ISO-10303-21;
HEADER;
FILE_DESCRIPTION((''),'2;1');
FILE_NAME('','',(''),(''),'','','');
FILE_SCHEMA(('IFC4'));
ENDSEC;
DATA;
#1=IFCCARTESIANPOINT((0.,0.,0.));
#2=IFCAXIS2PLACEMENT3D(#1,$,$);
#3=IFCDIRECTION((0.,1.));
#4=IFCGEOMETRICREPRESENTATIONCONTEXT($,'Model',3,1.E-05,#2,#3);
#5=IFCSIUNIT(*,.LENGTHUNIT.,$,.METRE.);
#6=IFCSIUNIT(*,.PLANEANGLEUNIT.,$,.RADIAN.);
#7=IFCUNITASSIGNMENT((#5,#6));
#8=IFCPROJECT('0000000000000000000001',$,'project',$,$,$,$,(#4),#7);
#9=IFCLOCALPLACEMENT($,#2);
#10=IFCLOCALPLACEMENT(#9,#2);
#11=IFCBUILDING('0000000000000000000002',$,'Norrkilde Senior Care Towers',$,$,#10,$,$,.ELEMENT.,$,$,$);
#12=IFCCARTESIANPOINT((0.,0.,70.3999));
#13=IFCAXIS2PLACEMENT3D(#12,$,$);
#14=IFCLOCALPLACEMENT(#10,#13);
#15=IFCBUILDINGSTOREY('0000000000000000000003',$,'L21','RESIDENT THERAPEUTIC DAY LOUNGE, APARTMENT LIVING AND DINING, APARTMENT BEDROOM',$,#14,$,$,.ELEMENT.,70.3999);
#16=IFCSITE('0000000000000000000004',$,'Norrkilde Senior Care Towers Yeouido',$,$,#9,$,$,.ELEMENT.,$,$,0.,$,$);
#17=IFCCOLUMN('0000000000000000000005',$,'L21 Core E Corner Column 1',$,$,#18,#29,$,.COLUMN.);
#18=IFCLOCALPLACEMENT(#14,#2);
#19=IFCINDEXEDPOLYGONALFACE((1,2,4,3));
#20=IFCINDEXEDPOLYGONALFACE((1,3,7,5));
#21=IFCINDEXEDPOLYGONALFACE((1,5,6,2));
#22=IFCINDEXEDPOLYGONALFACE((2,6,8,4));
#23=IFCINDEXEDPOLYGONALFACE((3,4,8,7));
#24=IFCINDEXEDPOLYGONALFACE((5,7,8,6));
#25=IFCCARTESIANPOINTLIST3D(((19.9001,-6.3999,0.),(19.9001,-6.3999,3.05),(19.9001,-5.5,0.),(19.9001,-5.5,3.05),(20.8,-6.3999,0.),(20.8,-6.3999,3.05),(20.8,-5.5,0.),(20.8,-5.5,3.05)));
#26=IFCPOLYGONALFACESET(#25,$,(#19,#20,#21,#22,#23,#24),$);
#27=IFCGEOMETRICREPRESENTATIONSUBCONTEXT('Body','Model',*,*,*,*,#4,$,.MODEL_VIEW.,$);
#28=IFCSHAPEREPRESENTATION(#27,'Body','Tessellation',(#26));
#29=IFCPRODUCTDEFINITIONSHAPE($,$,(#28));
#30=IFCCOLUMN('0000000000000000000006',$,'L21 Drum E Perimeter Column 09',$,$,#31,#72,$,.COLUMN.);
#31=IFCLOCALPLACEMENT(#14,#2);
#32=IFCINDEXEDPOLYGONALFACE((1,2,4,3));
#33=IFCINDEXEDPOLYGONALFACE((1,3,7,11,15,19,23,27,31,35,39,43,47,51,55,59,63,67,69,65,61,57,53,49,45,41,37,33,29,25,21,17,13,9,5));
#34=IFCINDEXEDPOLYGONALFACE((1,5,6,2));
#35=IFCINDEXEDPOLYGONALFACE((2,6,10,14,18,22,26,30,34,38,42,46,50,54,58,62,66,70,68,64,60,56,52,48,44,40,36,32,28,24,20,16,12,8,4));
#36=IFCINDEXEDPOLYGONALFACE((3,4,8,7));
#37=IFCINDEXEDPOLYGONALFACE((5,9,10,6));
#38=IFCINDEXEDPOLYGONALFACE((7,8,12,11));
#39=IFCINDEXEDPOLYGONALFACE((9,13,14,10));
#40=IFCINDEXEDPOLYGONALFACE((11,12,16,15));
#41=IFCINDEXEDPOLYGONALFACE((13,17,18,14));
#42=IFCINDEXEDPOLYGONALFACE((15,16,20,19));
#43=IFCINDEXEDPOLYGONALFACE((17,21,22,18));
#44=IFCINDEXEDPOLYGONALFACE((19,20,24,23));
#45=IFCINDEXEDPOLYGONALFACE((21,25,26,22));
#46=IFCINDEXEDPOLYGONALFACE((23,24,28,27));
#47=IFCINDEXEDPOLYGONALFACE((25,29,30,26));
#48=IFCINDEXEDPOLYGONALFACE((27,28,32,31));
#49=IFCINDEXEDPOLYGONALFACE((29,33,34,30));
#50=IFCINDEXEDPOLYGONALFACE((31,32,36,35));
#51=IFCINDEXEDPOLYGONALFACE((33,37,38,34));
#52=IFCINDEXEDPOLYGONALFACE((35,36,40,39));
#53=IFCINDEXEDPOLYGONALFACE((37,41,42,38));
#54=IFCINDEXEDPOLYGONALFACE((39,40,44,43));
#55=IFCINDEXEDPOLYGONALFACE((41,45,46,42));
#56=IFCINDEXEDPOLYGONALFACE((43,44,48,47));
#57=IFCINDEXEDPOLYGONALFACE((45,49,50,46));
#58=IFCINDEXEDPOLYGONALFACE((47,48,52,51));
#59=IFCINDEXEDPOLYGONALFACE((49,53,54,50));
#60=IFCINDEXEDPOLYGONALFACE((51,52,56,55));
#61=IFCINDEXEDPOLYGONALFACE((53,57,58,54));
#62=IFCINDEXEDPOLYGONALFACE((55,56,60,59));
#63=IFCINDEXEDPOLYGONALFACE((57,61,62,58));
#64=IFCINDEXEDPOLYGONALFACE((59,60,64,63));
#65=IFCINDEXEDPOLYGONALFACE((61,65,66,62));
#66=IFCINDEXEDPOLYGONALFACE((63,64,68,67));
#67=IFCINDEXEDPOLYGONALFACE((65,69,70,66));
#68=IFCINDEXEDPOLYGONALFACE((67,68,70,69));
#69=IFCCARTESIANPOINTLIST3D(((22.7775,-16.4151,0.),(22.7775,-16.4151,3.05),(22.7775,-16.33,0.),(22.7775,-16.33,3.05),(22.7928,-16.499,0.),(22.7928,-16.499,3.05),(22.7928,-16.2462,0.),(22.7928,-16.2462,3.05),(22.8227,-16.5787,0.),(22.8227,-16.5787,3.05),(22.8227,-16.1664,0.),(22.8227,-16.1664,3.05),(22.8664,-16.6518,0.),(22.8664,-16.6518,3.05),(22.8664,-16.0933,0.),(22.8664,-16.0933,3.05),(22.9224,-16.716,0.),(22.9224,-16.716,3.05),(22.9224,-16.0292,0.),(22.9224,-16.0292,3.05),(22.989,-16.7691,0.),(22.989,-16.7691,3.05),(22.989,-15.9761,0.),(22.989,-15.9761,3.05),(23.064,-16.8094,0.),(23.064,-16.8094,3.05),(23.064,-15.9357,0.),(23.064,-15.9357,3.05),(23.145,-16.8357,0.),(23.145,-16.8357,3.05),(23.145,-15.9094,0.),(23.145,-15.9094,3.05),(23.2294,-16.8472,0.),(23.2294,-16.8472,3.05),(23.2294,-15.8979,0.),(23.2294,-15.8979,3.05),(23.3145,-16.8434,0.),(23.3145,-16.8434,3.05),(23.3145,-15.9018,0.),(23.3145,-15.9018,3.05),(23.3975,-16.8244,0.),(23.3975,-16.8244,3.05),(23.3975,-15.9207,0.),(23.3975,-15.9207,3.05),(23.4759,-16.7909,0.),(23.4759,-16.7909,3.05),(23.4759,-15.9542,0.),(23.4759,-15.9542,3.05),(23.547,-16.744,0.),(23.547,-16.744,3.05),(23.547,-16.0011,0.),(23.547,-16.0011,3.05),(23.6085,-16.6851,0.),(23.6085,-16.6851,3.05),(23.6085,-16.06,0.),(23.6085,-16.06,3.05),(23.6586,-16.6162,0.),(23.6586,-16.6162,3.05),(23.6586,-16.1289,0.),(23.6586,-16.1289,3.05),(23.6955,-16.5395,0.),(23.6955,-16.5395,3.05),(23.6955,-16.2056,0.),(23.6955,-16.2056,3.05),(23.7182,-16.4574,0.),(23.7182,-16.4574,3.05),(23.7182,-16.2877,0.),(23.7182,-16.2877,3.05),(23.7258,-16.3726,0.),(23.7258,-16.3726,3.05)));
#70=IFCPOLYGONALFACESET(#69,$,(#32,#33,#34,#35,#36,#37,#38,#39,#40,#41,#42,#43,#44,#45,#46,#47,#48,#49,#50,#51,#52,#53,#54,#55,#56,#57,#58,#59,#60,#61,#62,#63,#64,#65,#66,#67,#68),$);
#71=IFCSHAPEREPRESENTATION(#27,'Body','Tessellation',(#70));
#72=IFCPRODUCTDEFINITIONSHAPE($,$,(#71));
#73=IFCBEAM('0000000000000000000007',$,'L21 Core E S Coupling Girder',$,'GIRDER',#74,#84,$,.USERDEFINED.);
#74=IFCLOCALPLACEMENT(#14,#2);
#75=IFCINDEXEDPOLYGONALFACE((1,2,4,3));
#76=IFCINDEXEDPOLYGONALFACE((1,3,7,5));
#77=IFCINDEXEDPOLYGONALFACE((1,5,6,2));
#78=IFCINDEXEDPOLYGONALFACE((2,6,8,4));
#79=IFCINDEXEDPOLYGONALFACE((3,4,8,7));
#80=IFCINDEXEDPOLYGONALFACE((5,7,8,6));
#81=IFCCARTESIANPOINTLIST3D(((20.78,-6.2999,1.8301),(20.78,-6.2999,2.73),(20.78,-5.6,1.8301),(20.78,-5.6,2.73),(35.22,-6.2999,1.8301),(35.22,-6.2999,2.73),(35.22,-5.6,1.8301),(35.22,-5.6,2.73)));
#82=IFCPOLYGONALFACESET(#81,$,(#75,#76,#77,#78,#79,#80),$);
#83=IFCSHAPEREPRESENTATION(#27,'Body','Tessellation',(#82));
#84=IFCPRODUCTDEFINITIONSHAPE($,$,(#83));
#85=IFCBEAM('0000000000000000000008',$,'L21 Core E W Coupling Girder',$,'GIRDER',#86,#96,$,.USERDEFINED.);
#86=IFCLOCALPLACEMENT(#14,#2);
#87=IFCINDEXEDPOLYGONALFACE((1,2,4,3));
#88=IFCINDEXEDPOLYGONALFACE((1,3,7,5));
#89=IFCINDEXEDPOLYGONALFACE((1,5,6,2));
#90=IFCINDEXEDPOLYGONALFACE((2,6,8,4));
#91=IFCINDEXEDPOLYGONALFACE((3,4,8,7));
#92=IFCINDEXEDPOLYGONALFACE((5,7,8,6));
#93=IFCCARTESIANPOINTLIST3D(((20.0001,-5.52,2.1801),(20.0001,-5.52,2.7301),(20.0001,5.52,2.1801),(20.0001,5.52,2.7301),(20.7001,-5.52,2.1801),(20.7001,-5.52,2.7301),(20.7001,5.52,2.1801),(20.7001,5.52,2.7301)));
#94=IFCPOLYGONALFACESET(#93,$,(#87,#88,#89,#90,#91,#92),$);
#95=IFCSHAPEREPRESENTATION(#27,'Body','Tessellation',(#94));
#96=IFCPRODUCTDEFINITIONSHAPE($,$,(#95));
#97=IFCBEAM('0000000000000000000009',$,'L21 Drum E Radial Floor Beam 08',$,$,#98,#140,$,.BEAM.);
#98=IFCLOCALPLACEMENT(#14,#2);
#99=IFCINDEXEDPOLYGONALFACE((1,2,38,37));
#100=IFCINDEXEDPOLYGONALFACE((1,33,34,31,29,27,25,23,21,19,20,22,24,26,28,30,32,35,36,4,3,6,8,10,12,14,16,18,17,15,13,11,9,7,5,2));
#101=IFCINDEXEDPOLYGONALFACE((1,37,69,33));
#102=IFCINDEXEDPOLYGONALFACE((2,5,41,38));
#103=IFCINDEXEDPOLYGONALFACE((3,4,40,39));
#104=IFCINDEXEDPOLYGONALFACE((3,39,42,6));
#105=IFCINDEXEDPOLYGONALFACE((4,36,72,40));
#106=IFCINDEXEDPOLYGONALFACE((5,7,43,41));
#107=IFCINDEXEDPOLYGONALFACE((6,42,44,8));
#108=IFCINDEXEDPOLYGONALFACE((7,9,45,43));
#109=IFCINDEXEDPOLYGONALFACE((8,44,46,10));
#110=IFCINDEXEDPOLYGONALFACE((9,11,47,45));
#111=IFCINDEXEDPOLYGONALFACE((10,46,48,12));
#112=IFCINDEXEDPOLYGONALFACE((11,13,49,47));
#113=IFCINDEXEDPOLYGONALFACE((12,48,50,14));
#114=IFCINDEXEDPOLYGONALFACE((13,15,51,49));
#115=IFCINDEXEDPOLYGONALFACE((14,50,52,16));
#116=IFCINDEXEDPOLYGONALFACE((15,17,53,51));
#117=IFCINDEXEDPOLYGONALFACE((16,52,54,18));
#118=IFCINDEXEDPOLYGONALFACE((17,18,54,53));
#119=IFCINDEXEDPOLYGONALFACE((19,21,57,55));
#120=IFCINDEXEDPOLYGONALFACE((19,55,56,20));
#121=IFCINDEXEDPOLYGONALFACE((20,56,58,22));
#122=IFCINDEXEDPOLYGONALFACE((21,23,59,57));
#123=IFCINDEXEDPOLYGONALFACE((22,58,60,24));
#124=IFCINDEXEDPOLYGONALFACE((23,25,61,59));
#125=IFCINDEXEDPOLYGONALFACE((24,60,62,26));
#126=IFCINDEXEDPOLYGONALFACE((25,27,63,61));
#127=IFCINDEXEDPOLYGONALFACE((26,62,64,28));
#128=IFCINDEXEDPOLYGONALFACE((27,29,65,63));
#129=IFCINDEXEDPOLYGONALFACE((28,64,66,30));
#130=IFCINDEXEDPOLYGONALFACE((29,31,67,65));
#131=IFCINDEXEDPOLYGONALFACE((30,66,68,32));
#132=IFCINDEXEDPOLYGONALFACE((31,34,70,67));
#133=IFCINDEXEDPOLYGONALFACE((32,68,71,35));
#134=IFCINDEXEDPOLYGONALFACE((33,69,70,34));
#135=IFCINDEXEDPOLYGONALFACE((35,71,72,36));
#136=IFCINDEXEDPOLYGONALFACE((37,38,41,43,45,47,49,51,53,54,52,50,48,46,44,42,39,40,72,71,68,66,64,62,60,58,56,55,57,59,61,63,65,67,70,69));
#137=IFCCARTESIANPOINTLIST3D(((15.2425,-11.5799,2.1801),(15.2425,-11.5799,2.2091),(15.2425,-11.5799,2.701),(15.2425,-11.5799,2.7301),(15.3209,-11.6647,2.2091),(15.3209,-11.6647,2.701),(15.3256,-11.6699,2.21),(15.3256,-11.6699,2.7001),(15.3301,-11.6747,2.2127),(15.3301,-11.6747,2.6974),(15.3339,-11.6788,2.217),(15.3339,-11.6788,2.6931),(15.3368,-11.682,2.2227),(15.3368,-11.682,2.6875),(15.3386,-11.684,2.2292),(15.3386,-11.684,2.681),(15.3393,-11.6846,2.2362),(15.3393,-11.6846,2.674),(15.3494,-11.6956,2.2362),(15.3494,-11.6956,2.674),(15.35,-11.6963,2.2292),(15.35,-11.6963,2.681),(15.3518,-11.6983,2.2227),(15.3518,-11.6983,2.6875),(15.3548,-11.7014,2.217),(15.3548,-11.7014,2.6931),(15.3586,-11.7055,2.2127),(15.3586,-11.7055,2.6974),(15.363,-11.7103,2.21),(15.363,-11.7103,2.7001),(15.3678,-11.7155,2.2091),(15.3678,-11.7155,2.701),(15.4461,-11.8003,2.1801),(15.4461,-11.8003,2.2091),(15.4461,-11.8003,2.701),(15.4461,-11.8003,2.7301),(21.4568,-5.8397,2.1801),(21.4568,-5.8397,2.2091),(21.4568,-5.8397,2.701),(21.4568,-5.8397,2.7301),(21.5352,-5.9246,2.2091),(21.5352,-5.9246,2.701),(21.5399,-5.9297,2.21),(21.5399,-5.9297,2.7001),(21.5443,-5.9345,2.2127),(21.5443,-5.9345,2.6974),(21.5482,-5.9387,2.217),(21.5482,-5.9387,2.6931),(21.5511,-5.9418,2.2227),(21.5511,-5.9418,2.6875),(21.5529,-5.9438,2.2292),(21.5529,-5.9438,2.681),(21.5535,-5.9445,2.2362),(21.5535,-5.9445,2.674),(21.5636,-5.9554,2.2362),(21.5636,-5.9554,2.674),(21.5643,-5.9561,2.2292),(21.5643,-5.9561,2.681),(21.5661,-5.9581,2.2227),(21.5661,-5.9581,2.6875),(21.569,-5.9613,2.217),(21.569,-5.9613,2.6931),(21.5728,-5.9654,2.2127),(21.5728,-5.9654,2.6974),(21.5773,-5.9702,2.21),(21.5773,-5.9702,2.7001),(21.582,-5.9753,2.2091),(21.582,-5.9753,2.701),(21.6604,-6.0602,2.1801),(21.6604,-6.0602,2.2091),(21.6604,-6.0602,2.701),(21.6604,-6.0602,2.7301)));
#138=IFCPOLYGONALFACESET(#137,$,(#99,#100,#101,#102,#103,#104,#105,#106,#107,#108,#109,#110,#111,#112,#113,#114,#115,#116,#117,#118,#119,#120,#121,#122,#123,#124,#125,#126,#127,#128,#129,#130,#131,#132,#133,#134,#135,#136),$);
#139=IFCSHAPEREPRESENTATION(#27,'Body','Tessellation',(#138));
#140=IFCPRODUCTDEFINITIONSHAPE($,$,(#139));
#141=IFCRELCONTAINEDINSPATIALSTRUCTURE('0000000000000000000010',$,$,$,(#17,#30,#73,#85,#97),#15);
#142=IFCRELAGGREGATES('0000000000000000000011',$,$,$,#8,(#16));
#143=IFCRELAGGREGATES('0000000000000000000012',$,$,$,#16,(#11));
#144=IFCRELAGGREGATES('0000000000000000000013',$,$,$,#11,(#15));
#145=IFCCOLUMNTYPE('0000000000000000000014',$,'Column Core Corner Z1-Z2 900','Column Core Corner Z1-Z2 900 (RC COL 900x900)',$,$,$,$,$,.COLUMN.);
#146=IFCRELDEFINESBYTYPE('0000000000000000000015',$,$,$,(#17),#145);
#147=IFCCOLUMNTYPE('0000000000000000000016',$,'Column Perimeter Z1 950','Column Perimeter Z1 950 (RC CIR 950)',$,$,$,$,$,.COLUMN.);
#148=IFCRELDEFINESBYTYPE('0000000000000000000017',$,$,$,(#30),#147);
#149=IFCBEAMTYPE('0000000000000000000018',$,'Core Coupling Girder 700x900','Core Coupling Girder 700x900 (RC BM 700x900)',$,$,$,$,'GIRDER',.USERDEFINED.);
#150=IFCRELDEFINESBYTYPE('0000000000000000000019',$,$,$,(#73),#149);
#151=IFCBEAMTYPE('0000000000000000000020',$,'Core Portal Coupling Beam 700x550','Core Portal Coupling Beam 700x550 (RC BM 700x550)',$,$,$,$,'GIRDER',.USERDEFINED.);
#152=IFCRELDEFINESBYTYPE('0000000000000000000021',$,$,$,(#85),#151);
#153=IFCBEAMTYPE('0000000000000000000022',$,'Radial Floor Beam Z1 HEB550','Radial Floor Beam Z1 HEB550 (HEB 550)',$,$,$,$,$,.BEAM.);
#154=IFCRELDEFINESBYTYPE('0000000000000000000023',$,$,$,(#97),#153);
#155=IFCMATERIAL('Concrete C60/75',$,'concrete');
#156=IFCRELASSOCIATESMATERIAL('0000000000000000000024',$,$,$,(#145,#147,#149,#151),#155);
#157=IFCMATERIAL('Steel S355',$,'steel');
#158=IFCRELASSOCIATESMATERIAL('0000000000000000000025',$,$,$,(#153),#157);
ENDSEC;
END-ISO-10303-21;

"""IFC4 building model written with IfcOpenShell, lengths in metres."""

from ifc_helpers import new_model, si_unit, direction, frame, origin, origin_2d, place, context, subcontext, project, spatial, rectangle, circle, i_section, extrude, source, transform, mapped, material, material_profile, profile_set, type_object, type_shapes, element, save


model = new_model("IFC4")

# Units and contexts
model_context = context("Model", 3, precision=1e-05, world=origin(), true_north=direction((0.0, 1.0)))
body_context = subcontext(model_context, "Body", "Model", "MODEL_VIEW")
ifc_project = project(units=[si_unit("LENGTHUNIT", "METRE"), si_unit("PLANEANGLEUNIT", "RADIAN")], contexts=[model_context])

# Site, building, storey
site_placement = place(None, origin())
site = spatial("IfcSite", under=ifc_project, at=site_placement, Name="Norrkilde Senior Care Towers Yeouido", CompositionType="ELEMENT", RefElevation=0.0)
building_placement = place(site_placement, origin())
building = spatial("IfcBuilding", under=site, at=building_placement, Name="Norrkilde Senior Care Towers", CompositionType="ELEMENT")
storey_placement = place(building_placement, frame((0.0, 0.0, 70.3999)))
storey = spatial("IfcBuildingStorey", under=building, at=storey_placement, Name="L21", Description="RESIDENT THERAPEUTIC DAY LOUNGE, APARTMENT LIVING AND DINING, APARTMENT BEDROOM", CompositionType="ELEMENT", Elevation=70.3999)

# Columns
ifc_material_1 = material(Name="Concrete C60/75", Category="concrete")
ifc_material_profile_1 = material_profile(ifc_material_1, rectangle(XDim=0.8999, YDim=0.8999, at=origin_2d()), Name="RC COL 900x900")
ifc_profile_set_1 = profile_set([ifc_material_profile_1], Name="Concrete C60/75")
column_type_1 = type_object("IfcColumnType", Name="Column Core Corner Z1-Z2 900", Description="Column Core Corner Z1-Z2 900 (RC COL 900x900)", PredefinedType="COLUMN", material=ifc_profile_set_1)
shared_shape_1 = source(origin(), body_context, "Body", "SweptSolid", [
    extrude(rectangle(XDim=0.8999, YDim=0.8999, at=origin_2d()), origin(), (0.0, 0.0, 1.0), 3.05),
])
type_shapes(column_type_1, [shared_shape_1])
column_1_placement = place(storey_placement, frame((20.3501, -5.95, 0.0), z_axis=(0.0, 0.0, 1.0), x_axis=(1.0, 0.0, 0.0)))
element("IfcColumn", 1, at=column_1_placement, inside=storey, type_object=column_type_1, Name="L21 Core E Corner Column 1", PredefinedType="COLUMN", context=body_context, shape_type="MappedRepresentation", body=[
    mapped(shared_shape_1, transform((0.0, 0.0, 0.0), x_axis=(1.0, 0.0, 0.0), y_axis=(0.0, 1.0, 0.0), z_axis=(0.0, 0.0, 1.0), scale=1.0)),
])
ifc_material_profile_2 = material_profile(ifc_material_1, circle(Radius=0.4751, at=origin_2d()), Name="RC CIR 950")
ifc_profile_set_2 = profile_set([ifc_material_profile_2], Name="Concrete C60/75")
column_type_2 = type_object("IfcColumnType", Name="Column Perimeter Z1 950", Description="Column Perimeter Z1 950 (RC CIR 950)", PredefinedType="COLUMN", material=ifc_profile_set_2)
shared_shape_2 = source(origin(), body_context, "Body", "SweptSolid", [
    extrude(circle(Radius=0.4751, at=origin_2d()), origin(), (0.0, 0.0, 1.0), 3.05),
])
type_shapes(column_type_2, [shared_shape_2])
column_2_placement = place(storey_placement, frame((23.2507, -16.3726, 0.0), z_axis=(0.0, 0.0, 1.0), x_axis=(1.0, 0.0, 0.0)))
element("IfcColumn", 2, at=column_2_placement, inside=storey, type_object=column_type_2, Name="L21 Drum E Perimeter Column 09", PredefinedType="COLUMN", context=body_context, shape_type="MappedRepresentation", body=[
    mapped(shared_shape_2, transform((0.0, 0.0, 0.0), x_axis=(1.0, 0.0, 0.0), y_axis=(0.0, 1.0, 0.0), z_axis=(0.0, 0.0, 1.0), scale=1.0)),
])

# Beams
ifc_material_profile_3 = material_profile(ifc_material_1, rectangle(XDim=0.7, YDim=0.8999, at=origin_2d()), Name="RC BM 700x900")
ifc_profile_set_3 = profile_set([ifc_material_profile_3], Name="Concrete C60/75")
beam_type_1 = type_object("IfcBeamType", Name="Core Coupling Girder 700x900", Description="Core Coupling Girder 700x900 (RC BM 700x900)", ElementType="GIRDER", PredefinedType="USERDEFINED", material=ifc_profile_set_3)
shared_shape_3 = source(origin(), body_context, "Body", "SweptSolid", [
    extrude(rectangle(XDim=0.7, YDim=0.8999, at=origin_2d()), origin(), (0.0, 0.0, 1.0), 14.4399),
])
type_shapes(beam_type_1, [shared_shape_3])
beam_1_placement = place(storey_placement, frame((20.78, -5.95, 2.28), z_axis=(1.0, 0.0, 0.0), x_axis=(0.0, 1.0, 0.0)))
element("IfcBeam", 3, at=beam_1_placement, inside=storey, type_object=beam_type_1, Name="L21 Core E S Coupling Girder", ObjectType="GIRDER", PredefinedType="USERDEFINED", context=body_context, shape_type="MappedRepresentation", body=[
    mapped(shared_shape_3, transform((0.0, 0.0, 0.0), x_axis=(1.0, 0.0, 0.0), y_axis=(0.0, 1.0, 0.0), z_axis=(0.0, 0.0, 1.0), scale=1.0)),
])
ifc_material_profile_4 = material_profile(ifc_material_1, rectangle(XDim=0.7, YDim=0.55, at=origin_2d()), Name="RC BM 700x550")
ifc_profile_set_4 = profile_set([ifc_material_profile_4], Name="Concrete C60/75")
beam_type_2 = type_object("IfcBeamType", Name="Core Portal Coupling Beam 700x550", Description="Core Portal Coupling Beam 700x550 (RC BM 700x550)", ElementType="GIRDER", PredefinedType="USERDEFINED", material=ifc_profile_set_4)
shared_shape_4 = source(origin(), body_context, "Body", "SweptSolid", [
    extrude(rectangle(XDim=0.7, YDim=0.55, at=origin_2d()), origin(), (0.0, 0.0, 1.0), 11.04),
])
type_shapes(beam_type_2, [shared_shape_4])
beam_2_placement = place(storey_placement, frame((20.3501, -5.52, 2.4551), z_axis=(0.0, 1.0, 0.0), x_axis=(-1.0, 0.0, 0.0)))
element("IfcBeam", 4, at=beam_2_placement, inside=storey, type_object=beam_type_2, Name="L21 Core E W Coupling Girder", ObjectType="GIRDER", PredefinedType="USERDEFINED", context=body_context, shape_type="MappedRepresentation", body=[
    mapped(shared_shape_4, transform((0.0, 0.0, 0.0), x_axis=(1.0, 0.0, 0.0), y_axis=(0.0, 1.0, 0.0), z_axis=(0.0, 0.0, 1.0), scale=1.0)),
])
ifc_material_2 = material(Name="Steel S355", Category="steel")
ifc_material_profile_5 = material_profile(ifc_material_2, i_section(OverallWidth=0.3, OverallDepth=0.55, WebThickness=0.0149, FlangeThickness=0.0291, FilletRadius=0.0271, at=origin_2d()), Name="HEB 550")
ifc_profile_set_5 = profile_set([ifc_material_profile_5], Name="Steel S355")
beam_type_3 = type_object("IfcBeamType", Name="Radial Floor Beam Z1 HEB550", Description="Radial Floor Beam Z1 HEB550 (HEB 550)", PredefinedType="BEAM", material=ifc_profile_set_5)
shared_shape_5 = source(origin(), body_context, "Body", "SweptSolid", [
    extrude(i_section(OverallWidth=0.3, OverallDepth=0.55, WebThickness=0.0149, FlangeThickness=0.0291, FilletRadius=0.0271, at=origin_2d()), origin(), (0.0, 0.0, 1.0), 8.4597),
])
beam_3_placement = place(storey_placement, frame((21.5586, -5.95, 2.4551), z_axis=(-0.734573, -0.678529, 0.0), x_axis=(0.678529, -0.734573, 0.0)))
element("IfcBeam", 5, at=beam_3_placement, inside=storey, type_object=beam_type_3, Name="L21 Drum E Radial Floor Beam 08", PredefinedType="BEAM", context=body_context, shape_type="MappedRepresentation", body=[
    mapped(shared_shape_5, transform((0.0, 0.0, 0.0), x_axis=(1.0, 0.0, 0.0), y_axis=(0.0, 1.0, 0.0), z_axis=(0.0, 0.0, 1.0), scale=1.0)),
])

save(model, "model.ifc")
